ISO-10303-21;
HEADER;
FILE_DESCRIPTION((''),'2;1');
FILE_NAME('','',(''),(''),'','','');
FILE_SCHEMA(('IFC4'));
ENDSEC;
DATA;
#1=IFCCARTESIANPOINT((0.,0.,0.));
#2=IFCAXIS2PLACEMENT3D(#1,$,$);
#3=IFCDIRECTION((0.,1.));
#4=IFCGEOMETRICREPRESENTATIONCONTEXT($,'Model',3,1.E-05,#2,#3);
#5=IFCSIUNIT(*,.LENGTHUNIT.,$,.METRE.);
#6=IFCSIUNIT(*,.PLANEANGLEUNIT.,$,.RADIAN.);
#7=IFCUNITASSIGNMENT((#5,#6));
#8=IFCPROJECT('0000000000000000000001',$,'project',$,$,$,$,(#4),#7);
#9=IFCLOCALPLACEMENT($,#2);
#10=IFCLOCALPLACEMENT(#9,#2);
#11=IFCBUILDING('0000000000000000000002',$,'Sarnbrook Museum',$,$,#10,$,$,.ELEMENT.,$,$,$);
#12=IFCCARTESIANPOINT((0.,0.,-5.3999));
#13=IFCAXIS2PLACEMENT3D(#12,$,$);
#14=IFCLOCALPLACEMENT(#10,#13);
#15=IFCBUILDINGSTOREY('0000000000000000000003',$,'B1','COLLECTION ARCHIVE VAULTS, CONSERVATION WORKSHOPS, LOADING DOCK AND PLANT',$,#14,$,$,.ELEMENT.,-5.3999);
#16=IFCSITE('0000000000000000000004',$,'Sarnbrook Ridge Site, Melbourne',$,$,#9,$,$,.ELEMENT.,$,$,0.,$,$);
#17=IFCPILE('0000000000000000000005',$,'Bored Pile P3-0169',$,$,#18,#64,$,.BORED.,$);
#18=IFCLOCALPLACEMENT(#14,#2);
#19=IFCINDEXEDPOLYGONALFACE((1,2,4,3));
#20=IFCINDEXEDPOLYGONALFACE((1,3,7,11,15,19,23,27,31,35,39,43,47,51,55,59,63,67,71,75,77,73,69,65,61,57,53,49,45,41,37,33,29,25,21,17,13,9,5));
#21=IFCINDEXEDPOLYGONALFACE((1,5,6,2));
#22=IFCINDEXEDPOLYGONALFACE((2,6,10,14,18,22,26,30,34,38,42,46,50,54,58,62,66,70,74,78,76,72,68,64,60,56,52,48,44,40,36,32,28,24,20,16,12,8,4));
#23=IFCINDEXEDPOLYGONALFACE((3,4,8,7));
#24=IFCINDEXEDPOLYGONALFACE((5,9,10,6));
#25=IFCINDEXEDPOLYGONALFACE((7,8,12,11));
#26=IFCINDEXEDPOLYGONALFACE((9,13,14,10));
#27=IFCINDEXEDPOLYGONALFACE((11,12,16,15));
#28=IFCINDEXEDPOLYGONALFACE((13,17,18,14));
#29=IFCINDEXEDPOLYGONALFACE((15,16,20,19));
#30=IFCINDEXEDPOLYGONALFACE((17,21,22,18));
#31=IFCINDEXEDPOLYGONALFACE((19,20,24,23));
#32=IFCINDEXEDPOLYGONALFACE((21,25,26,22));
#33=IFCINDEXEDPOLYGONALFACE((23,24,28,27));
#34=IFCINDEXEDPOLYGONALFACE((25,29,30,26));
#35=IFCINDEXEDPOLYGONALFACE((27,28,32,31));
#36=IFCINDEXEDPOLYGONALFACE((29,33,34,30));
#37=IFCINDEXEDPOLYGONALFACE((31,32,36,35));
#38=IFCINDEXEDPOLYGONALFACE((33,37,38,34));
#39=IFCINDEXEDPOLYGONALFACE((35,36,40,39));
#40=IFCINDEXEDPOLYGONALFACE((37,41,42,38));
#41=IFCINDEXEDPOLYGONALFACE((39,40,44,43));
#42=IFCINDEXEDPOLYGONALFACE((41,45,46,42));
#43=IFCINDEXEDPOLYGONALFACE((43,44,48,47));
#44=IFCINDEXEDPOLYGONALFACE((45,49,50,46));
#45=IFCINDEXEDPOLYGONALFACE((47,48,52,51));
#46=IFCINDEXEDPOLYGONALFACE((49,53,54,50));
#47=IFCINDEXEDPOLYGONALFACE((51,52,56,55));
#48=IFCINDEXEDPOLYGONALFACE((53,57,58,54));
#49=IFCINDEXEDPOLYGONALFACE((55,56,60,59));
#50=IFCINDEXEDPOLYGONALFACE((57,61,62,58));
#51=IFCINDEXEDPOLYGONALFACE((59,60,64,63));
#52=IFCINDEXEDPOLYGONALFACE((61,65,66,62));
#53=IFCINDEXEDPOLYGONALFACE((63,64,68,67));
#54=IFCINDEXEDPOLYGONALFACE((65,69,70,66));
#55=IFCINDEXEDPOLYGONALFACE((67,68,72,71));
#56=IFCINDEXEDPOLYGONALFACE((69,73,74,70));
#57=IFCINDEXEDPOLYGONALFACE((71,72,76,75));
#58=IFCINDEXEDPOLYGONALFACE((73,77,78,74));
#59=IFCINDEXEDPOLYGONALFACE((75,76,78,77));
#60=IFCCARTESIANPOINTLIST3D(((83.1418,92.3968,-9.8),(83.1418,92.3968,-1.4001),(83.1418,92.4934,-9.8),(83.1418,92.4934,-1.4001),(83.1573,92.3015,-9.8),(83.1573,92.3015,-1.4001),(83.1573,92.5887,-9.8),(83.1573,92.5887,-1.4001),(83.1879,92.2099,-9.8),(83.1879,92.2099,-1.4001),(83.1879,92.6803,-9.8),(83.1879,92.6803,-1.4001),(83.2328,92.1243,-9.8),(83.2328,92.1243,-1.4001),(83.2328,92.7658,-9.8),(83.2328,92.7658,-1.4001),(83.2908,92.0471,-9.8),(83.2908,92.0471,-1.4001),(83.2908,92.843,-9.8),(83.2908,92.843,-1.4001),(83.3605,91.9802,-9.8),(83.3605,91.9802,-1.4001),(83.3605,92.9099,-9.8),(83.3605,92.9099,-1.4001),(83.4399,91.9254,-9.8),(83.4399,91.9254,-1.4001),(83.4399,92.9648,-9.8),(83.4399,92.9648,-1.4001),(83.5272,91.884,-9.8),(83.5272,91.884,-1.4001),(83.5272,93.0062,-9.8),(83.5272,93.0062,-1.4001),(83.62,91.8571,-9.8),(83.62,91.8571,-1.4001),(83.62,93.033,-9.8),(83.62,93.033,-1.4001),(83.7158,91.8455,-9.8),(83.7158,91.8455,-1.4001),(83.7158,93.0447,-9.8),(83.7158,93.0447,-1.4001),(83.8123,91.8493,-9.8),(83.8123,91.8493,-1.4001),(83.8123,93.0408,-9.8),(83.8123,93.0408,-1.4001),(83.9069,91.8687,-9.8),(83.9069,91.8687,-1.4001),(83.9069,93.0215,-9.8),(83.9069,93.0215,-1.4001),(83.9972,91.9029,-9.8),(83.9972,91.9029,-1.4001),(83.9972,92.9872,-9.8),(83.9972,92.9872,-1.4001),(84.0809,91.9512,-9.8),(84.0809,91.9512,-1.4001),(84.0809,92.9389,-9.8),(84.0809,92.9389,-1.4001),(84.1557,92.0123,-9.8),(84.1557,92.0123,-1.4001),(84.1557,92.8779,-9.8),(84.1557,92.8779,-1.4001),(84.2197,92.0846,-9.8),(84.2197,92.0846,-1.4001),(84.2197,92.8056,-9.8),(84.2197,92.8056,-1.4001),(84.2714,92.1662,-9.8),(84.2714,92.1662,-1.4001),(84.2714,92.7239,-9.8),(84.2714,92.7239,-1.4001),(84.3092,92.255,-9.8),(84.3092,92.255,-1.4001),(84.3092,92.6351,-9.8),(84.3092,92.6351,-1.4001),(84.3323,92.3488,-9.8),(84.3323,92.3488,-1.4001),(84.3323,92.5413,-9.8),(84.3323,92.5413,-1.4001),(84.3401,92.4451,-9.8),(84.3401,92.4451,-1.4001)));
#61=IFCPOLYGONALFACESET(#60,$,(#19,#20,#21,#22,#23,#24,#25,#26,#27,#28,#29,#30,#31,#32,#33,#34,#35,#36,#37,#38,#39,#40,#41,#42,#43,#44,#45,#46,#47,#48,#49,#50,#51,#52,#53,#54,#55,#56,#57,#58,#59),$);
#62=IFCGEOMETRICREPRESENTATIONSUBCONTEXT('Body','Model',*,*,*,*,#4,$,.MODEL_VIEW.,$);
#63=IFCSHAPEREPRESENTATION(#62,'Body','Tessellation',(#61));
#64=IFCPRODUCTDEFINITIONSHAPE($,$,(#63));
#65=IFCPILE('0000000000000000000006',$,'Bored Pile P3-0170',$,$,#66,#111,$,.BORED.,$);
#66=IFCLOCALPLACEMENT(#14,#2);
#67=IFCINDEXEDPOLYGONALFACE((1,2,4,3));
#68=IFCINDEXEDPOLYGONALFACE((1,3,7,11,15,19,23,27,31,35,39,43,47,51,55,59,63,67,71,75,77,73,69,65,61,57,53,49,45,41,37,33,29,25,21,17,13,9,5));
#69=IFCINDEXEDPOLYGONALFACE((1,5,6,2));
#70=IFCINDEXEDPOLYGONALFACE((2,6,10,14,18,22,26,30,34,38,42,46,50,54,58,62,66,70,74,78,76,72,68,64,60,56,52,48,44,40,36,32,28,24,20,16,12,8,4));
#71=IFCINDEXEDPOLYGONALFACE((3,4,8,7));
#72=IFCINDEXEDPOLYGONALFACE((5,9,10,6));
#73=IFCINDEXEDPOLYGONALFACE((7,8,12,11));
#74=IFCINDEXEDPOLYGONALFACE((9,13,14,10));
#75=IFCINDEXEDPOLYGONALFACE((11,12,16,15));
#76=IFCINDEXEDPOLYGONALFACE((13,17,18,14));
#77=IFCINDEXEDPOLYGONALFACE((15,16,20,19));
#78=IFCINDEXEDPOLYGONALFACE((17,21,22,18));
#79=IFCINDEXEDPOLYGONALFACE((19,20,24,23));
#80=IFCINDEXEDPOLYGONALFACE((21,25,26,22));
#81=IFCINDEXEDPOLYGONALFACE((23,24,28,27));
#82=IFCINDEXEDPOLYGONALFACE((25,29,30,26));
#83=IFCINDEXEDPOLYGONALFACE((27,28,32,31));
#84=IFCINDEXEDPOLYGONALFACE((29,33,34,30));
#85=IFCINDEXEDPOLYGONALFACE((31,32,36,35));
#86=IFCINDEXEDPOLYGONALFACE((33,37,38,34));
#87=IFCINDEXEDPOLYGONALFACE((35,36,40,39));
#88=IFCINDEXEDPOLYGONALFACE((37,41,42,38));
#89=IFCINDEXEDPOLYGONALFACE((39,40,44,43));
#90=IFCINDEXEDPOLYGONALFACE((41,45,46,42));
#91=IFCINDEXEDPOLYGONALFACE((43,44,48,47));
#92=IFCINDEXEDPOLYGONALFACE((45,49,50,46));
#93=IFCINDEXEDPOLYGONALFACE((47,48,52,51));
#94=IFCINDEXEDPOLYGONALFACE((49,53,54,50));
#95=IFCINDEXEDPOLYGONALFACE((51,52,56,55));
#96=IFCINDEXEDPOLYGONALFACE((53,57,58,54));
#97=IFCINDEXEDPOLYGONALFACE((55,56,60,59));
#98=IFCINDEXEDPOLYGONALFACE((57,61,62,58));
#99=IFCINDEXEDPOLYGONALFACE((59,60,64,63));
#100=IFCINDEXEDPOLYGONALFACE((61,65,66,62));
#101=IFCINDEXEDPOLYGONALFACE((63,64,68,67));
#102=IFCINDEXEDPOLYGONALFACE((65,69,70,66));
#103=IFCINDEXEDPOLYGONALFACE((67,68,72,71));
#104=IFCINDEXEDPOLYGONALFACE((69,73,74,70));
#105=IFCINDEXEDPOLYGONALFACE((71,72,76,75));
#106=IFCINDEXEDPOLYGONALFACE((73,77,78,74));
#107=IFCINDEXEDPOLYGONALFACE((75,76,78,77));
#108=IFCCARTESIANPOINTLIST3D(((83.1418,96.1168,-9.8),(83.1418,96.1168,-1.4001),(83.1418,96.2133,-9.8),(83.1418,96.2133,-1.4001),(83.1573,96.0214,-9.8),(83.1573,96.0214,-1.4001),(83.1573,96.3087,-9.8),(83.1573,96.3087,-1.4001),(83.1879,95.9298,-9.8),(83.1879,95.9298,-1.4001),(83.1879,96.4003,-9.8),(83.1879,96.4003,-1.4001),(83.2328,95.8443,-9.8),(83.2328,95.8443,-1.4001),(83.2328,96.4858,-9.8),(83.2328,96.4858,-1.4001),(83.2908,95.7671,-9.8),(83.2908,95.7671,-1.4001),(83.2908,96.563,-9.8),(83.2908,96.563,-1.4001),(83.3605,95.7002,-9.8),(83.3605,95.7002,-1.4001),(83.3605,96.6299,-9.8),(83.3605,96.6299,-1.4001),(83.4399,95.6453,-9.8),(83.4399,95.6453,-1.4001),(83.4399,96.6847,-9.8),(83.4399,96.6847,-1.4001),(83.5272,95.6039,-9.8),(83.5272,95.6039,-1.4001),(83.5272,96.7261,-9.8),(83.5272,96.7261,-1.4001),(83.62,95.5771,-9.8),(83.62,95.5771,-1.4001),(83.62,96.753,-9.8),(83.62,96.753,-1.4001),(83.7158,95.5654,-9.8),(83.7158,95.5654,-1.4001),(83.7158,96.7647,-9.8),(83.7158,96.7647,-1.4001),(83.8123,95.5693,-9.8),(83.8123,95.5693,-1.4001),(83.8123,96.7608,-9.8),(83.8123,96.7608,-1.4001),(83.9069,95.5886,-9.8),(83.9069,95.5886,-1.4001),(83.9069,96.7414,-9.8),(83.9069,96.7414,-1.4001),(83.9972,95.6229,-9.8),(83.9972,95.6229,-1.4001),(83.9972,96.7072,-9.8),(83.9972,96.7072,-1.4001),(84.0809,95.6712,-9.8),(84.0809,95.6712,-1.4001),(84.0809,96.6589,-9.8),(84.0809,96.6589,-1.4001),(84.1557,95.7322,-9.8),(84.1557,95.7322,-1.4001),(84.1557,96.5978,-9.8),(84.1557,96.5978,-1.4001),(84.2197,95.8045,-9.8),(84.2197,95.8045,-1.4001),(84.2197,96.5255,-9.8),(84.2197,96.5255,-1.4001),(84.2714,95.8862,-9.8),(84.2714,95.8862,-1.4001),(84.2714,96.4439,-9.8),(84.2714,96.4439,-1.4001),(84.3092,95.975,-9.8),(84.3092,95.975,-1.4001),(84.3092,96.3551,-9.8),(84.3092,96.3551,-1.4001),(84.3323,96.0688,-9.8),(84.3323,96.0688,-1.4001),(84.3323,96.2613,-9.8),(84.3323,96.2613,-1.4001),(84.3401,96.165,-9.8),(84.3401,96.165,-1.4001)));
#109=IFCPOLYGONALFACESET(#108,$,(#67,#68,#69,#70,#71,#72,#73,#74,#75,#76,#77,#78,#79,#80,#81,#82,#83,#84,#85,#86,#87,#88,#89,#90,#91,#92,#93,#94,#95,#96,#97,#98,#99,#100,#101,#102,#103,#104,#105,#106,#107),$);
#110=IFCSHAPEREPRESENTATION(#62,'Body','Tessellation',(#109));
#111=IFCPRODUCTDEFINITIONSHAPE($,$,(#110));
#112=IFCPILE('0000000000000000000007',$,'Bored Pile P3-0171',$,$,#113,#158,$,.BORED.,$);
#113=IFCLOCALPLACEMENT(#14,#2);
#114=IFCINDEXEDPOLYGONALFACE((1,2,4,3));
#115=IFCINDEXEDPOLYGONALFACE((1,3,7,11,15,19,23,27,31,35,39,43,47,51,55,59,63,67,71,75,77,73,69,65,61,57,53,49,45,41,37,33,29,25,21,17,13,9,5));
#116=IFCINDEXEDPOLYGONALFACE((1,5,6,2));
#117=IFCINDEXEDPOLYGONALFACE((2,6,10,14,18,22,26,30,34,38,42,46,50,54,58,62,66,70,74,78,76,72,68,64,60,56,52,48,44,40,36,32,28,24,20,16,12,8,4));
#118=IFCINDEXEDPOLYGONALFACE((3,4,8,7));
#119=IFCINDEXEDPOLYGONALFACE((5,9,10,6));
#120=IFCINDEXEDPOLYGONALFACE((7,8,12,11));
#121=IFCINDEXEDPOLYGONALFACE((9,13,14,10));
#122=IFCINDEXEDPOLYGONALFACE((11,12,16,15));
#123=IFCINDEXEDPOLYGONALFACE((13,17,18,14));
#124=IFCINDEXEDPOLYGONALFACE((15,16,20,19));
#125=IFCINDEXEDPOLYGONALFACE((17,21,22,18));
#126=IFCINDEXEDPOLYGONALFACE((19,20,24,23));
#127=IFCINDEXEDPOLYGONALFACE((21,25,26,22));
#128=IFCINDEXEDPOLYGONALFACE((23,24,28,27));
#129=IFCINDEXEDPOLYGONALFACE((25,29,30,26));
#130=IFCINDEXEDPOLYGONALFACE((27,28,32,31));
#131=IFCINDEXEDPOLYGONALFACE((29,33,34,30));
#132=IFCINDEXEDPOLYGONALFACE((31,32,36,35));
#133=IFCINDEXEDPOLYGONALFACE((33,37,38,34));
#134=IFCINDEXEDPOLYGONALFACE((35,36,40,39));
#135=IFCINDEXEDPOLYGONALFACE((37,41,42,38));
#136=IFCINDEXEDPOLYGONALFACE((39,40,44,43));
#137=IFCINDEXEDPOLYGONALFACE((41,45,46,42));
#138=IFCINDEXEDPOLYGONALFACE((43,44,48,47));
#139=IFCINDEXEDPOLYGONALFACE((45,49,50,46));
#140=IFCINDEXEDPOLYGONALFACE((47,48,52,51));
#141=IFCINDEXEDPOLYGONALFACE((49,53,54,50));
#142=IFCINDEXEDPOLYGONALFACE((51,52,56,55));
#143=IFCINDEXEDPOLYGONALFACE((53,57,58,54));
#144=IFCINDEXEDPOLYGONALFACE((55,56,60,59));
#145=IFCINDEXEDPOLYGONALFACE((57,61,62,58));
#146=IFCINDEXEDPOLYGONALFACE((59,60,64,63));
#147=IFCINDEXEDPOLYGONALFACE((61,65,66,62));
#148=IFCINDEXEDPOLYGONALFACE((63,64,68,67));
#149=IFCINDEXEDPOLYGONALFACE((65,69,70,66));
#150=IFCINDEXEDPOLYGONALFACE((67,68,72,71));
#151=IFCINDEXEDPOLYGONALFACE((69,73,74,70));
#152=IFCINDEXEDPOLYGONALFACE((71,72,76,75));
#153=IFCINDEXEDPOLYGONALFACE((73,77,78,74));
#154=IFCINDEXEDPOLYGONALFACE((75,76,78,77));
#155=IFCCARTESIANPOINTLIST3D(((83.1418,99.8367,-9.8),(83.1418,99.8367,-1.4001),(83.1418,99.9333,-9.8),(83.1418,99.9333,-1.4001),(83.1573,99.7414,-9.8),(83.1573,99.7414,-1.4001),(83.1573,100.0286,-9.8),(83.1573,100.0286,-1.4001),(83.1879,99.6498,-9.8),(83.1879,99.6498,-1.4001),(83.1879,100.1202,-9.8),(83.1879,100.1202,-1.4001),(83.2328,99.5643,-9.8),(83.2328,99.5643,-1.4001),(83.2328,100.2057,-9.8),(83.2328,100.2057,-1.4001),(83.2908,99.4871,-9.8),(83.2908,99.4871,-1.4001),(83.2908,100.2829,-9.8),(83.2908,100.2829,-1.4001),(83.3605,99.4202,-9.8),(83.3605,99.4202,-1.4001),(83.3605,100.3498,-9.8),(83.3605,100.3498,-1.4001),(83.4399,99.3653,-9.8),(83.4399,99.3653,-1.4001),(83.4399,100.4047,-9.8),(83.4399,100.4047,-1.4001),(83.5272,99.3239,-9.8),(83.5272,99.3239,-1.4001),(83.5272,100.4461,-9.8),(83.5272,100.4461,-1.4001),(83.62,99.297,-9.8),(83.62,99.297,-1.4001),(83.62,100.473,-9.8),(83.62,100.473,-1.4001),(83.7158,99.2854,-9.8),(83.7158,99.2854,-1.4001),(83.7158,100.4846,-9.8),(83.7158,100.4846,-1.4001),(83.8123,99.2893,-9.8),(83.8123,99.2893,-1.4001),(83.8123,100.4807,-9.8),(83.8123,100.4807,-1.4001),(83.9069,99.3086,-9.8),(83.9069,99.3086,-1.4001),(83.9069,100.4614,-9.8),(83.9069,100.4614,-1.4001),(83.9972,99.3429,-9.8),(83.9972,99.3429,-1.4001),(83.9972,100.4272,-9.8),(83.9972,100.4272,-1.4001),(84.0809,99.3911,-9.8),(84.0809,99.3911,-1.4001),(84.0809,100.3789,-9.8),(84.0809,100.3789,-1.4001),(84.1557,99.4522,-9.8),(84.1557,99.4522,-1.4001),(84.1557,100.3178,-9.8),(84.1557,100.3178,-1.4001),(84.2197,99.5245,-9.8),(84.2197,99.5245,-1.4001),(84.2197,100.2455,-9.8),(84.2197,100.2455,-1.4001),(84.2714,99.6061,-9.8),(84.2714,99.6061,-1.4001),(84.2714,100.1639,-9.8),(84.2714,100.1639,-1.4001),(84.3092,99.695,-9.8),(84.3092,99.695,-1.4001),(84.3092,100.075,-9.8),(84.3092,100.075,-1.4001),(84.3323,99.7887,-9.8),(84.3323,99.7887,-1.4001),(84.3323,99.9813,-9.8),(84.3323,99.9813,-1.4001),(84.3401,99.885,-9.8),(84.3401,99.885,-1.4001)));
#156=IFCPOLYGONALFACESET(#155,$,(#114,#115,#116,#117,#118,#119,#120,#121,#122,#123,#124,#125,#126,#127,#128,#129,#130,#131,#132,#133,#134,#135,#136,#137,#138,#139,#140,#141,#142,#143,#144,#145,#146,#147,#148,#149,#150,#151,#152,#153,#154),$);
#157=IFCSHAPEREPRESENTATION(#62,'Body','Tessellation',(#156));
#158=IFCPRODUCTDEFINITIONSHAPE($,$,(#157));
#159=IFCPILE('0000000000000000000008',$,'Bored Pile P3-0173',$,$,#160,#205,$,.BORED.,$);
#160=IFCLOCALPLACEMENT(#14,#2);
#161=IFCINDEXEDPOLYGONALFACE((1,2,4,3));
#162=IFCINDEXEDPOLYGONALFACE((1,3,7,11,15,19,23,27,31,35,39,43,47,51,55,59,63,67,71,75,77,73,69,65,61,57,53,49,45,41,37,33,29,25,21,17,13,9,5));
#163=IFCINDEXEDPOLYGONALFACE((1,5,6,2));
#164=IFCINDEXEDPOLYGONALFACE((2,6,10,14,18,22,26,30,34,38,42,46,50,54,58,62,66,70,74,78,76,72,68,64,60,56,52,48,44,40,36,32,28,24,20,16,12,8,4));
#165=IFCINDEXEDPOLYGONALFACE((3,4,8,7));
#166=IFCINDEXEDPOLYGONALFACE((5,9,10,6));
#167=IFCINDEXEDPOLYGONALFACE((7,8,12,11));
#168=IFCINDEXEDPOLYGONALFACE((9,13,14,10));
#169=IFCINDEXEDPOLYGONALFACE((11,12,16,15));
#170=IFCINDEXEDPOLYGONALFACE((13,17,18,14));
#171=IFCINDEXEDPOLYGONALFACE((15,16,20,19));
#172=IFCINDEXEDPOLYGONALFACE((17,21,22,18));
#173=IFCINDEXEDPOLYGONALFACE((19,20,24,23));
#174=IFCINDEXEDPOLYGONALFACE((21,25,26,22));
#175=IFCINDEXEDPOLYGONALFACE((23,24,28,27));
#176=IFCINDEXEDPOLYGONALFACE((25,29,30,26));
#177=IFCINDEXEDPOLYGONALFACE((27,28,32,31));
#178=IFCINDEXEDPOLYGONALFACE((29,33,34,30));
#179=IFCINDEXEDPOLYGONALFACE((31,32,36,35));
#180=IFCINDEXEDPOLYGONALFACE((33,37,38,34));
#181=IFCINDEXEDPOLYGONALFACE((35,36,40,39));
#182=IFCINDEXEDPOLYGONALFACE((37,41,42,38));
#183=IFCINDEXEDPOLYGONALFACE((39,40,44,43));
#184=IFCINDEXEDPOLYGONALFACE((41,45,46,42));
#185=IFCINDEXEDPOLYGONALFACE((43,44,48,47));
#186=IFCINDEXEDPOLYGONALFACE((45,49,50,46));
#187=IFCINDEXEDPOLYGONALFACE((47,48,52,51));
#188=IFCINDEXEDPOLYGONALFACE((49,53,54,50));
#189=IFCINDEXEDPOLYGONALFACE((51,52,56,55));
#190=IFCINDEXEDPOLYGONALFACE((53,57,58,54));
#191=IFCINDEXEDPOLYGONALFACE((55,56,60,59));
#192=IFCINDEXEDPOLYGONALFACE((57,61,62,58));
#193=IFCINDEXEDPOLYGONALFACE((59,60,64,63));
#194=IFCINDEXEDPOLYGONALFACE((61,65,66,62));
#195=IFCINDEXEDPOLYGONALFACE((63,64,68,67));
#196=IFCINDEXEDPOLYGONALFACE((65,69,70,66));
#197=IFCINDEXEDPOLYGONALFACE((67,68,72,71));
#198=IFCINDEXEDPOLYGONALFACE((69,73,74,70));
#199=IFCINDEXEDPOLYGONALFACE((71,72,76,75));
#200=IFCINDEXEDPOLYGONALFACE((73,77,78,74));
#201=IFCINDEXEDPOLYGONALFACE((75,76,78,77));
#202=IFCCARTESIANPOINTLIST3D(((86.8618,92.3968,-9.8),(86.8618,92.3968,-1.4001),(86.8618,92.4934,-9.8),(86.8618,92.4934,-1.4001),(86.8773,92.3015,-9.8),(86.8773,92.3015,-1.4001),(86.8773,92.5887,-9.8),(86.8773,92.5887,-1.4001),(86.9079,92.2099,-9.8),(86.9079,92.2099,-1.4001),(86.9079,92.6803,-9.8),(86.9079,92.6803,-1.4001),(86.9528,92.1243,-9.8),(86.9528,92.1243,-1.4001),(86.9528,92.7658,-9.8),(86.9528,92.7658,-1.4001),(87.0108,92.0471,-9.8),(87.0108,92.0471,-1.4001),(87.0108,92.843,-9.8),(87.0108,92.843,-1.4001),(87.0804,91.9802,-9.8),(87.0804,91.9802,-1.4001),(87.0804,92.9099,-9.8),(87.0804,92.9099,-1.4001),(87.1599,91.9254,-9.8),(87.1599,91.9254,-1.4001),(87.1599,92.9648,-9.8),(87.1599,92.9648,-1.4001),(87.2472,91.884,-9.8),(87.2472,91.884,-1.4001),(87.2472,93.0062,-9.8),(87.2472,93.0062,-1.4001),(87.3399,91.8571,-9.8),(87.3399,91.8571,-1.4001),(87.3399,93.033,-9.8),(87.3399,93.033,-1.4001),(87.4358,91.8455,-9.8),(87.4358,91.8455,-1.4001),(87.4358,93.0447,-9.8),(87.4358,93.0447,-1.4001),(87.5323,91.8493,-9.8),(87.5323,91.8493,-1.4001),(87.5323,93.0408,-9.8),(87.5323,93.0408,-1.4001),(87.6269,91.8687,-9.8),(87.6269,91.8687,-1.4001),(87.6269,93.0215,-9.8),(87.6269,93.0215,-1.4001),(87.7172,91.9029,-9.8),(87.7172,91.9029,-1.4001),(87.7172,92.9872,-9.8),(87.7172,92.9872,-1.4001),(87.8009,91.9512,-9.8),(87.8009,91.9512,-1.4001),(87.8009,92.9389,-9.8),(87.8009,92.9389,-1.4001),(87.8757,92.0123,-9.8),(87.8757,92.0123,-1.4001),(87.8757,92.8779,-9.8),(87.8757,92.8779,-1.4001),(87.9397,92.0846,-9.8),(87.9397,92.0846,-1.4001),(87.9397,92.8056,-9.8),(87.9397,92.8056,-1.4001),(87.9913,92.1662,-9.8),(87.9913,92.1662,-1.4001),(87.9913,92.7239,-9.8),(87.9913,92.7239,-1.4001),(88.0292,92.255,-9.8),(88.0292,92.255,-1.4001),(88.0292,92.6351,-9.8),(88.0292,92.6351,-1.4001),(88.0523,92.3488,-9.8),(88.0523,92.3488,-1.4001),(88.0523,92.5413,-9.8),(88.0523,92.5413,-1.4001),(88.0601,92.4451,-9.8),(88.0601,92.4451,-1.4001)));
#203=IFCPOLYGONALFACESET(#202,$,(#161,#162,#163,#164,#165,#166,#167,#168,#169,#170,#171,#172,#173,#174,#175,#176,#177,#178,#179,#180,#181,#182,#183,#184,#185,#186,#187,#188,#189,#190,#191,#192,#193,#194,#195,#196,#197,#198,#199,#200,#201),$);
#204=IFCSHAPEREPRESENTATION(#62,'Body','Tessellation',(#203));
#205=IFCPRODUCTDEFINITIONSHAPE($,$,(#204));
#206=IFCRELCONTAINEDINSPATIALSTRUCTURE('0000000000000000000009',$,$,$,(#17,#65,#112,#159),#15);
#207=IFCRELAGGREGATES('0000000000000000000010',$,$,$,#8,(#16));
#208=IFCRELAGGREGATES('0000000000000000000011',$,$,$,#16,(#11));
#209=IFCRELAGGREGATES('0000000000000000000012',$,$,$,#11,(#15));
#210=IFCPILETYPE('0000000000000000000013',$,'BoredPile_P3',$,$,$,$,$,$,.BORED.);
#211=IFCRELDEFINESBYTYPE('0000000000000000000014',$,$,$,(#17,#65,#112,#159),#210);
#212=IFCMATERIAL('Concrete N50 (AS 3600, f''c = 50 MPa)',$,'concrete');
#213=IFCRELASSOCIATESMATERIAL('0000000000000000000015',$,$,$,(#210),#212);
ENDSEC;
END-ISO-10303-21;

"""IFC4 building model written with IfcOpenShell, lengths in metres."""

from ifc_helpers import new_model, si_unit, direction, frame, origin, origin_2d, place, context, subcontext, project, spatial, circle, extrude, material, material_profile, profile_set, type_object, element, save


model = new_model("IFC4")

# Units and contexts
model_context = context("Model", 3, precision=1e-05, world=origin(), true_north=direction((0.0, 1.0)))
body_context = subcontext(model_context, "Body", "Model", "MODEL_VIEW")
ifc_project = project(units=[si_unit("LENGTHUNIT", "METRE"), si_unit("PLANEANGLEUNIT", "RADIAN")], contexts=[model_context])

# Site, building, storey
site_placement = place(None, origin())
site = spatial("IfcSite", under=ifc_project, at=site_placement, Name="Sarnbrook Ridge Site, Melbourne", CompositionType="ELEMENT", RefElevation=0.0)
building_placement = place(site_placement, origin())
building = spatial("IfcBuilding", under=site, at=building_placement, Name="Sarnbrook Museum", CompositionType="ELEMENT")
storey_placement = place(building_placement, frame((0.0, 0.0, -5.3999)))
storey = spatial("IfcBuildingStorey", under=building, at=storey_placement, Name="B1", Description="COLLECTION ARCHIVE VAULTS, CONSERVATION WORKSHOPS, LOADING DOCK AND PLANT", CompositionType="ELEMENT", Elevation=-5.3999)

# Piles
ifc_material_1 = material(Name="Concrete N50 (AS 3600, f'c = 50 MPa)", Category="concrete")
ifc_material_profile_1 = material_profile(ifc_material_1, circle(Radius=0.6001, at=origin_2d()), Name="BORED PILE D1200")
ifc_profile_set_1 = profile_set([ifc_material_profile_1], Name="Concrete N50 (AS 3600, f'c = 50 MPa)")
pile_type = type_object("IfcPileType", Name="BoredPile_P3", PredefinedType="BORED", material=ifc_profile_set_1)
for number, where, z_axis, x_axis, name in (
    (1, (83.74, 92.4451, -1.4001), (0.0, 0.0, -1.0), (1.0, 0.0, 0.0), "Bored Pile P3-0169"),
    (2, (83.74, 96.165, -1.4001), (0.0, 0.0, -1.0), (1.0, 0.0, 0.0), "Bored Pile P3-0170"),
    (3, (83.74, 99.885, -1.4001), (0.0, 0.0, -1.0), (1.0, 0.0, 0.0), "Bored Pile P3-0171"),
    (4, (87.46, 92.4451, -1.4001), (0.0, 0.0, -1.0), (1.0, 0.0, 0.0), "Bored Pile P3-0173"),
):
    element("IfcPile", number, at=place(storey_placement, frame(where, z_axis=z_axis, x_axis=x_axis)), inside=storey, type_object=pile_type, Name=name, PredefinedType="BORED", context=body_context, shape_type="SweptSolid", body=[
        extrude(circle(Radius=0.6001, at=origin_2d()), origin(), (0.0, 0.0, 1.0), 8.3999),
    ])

save(model, "model.ifc")
